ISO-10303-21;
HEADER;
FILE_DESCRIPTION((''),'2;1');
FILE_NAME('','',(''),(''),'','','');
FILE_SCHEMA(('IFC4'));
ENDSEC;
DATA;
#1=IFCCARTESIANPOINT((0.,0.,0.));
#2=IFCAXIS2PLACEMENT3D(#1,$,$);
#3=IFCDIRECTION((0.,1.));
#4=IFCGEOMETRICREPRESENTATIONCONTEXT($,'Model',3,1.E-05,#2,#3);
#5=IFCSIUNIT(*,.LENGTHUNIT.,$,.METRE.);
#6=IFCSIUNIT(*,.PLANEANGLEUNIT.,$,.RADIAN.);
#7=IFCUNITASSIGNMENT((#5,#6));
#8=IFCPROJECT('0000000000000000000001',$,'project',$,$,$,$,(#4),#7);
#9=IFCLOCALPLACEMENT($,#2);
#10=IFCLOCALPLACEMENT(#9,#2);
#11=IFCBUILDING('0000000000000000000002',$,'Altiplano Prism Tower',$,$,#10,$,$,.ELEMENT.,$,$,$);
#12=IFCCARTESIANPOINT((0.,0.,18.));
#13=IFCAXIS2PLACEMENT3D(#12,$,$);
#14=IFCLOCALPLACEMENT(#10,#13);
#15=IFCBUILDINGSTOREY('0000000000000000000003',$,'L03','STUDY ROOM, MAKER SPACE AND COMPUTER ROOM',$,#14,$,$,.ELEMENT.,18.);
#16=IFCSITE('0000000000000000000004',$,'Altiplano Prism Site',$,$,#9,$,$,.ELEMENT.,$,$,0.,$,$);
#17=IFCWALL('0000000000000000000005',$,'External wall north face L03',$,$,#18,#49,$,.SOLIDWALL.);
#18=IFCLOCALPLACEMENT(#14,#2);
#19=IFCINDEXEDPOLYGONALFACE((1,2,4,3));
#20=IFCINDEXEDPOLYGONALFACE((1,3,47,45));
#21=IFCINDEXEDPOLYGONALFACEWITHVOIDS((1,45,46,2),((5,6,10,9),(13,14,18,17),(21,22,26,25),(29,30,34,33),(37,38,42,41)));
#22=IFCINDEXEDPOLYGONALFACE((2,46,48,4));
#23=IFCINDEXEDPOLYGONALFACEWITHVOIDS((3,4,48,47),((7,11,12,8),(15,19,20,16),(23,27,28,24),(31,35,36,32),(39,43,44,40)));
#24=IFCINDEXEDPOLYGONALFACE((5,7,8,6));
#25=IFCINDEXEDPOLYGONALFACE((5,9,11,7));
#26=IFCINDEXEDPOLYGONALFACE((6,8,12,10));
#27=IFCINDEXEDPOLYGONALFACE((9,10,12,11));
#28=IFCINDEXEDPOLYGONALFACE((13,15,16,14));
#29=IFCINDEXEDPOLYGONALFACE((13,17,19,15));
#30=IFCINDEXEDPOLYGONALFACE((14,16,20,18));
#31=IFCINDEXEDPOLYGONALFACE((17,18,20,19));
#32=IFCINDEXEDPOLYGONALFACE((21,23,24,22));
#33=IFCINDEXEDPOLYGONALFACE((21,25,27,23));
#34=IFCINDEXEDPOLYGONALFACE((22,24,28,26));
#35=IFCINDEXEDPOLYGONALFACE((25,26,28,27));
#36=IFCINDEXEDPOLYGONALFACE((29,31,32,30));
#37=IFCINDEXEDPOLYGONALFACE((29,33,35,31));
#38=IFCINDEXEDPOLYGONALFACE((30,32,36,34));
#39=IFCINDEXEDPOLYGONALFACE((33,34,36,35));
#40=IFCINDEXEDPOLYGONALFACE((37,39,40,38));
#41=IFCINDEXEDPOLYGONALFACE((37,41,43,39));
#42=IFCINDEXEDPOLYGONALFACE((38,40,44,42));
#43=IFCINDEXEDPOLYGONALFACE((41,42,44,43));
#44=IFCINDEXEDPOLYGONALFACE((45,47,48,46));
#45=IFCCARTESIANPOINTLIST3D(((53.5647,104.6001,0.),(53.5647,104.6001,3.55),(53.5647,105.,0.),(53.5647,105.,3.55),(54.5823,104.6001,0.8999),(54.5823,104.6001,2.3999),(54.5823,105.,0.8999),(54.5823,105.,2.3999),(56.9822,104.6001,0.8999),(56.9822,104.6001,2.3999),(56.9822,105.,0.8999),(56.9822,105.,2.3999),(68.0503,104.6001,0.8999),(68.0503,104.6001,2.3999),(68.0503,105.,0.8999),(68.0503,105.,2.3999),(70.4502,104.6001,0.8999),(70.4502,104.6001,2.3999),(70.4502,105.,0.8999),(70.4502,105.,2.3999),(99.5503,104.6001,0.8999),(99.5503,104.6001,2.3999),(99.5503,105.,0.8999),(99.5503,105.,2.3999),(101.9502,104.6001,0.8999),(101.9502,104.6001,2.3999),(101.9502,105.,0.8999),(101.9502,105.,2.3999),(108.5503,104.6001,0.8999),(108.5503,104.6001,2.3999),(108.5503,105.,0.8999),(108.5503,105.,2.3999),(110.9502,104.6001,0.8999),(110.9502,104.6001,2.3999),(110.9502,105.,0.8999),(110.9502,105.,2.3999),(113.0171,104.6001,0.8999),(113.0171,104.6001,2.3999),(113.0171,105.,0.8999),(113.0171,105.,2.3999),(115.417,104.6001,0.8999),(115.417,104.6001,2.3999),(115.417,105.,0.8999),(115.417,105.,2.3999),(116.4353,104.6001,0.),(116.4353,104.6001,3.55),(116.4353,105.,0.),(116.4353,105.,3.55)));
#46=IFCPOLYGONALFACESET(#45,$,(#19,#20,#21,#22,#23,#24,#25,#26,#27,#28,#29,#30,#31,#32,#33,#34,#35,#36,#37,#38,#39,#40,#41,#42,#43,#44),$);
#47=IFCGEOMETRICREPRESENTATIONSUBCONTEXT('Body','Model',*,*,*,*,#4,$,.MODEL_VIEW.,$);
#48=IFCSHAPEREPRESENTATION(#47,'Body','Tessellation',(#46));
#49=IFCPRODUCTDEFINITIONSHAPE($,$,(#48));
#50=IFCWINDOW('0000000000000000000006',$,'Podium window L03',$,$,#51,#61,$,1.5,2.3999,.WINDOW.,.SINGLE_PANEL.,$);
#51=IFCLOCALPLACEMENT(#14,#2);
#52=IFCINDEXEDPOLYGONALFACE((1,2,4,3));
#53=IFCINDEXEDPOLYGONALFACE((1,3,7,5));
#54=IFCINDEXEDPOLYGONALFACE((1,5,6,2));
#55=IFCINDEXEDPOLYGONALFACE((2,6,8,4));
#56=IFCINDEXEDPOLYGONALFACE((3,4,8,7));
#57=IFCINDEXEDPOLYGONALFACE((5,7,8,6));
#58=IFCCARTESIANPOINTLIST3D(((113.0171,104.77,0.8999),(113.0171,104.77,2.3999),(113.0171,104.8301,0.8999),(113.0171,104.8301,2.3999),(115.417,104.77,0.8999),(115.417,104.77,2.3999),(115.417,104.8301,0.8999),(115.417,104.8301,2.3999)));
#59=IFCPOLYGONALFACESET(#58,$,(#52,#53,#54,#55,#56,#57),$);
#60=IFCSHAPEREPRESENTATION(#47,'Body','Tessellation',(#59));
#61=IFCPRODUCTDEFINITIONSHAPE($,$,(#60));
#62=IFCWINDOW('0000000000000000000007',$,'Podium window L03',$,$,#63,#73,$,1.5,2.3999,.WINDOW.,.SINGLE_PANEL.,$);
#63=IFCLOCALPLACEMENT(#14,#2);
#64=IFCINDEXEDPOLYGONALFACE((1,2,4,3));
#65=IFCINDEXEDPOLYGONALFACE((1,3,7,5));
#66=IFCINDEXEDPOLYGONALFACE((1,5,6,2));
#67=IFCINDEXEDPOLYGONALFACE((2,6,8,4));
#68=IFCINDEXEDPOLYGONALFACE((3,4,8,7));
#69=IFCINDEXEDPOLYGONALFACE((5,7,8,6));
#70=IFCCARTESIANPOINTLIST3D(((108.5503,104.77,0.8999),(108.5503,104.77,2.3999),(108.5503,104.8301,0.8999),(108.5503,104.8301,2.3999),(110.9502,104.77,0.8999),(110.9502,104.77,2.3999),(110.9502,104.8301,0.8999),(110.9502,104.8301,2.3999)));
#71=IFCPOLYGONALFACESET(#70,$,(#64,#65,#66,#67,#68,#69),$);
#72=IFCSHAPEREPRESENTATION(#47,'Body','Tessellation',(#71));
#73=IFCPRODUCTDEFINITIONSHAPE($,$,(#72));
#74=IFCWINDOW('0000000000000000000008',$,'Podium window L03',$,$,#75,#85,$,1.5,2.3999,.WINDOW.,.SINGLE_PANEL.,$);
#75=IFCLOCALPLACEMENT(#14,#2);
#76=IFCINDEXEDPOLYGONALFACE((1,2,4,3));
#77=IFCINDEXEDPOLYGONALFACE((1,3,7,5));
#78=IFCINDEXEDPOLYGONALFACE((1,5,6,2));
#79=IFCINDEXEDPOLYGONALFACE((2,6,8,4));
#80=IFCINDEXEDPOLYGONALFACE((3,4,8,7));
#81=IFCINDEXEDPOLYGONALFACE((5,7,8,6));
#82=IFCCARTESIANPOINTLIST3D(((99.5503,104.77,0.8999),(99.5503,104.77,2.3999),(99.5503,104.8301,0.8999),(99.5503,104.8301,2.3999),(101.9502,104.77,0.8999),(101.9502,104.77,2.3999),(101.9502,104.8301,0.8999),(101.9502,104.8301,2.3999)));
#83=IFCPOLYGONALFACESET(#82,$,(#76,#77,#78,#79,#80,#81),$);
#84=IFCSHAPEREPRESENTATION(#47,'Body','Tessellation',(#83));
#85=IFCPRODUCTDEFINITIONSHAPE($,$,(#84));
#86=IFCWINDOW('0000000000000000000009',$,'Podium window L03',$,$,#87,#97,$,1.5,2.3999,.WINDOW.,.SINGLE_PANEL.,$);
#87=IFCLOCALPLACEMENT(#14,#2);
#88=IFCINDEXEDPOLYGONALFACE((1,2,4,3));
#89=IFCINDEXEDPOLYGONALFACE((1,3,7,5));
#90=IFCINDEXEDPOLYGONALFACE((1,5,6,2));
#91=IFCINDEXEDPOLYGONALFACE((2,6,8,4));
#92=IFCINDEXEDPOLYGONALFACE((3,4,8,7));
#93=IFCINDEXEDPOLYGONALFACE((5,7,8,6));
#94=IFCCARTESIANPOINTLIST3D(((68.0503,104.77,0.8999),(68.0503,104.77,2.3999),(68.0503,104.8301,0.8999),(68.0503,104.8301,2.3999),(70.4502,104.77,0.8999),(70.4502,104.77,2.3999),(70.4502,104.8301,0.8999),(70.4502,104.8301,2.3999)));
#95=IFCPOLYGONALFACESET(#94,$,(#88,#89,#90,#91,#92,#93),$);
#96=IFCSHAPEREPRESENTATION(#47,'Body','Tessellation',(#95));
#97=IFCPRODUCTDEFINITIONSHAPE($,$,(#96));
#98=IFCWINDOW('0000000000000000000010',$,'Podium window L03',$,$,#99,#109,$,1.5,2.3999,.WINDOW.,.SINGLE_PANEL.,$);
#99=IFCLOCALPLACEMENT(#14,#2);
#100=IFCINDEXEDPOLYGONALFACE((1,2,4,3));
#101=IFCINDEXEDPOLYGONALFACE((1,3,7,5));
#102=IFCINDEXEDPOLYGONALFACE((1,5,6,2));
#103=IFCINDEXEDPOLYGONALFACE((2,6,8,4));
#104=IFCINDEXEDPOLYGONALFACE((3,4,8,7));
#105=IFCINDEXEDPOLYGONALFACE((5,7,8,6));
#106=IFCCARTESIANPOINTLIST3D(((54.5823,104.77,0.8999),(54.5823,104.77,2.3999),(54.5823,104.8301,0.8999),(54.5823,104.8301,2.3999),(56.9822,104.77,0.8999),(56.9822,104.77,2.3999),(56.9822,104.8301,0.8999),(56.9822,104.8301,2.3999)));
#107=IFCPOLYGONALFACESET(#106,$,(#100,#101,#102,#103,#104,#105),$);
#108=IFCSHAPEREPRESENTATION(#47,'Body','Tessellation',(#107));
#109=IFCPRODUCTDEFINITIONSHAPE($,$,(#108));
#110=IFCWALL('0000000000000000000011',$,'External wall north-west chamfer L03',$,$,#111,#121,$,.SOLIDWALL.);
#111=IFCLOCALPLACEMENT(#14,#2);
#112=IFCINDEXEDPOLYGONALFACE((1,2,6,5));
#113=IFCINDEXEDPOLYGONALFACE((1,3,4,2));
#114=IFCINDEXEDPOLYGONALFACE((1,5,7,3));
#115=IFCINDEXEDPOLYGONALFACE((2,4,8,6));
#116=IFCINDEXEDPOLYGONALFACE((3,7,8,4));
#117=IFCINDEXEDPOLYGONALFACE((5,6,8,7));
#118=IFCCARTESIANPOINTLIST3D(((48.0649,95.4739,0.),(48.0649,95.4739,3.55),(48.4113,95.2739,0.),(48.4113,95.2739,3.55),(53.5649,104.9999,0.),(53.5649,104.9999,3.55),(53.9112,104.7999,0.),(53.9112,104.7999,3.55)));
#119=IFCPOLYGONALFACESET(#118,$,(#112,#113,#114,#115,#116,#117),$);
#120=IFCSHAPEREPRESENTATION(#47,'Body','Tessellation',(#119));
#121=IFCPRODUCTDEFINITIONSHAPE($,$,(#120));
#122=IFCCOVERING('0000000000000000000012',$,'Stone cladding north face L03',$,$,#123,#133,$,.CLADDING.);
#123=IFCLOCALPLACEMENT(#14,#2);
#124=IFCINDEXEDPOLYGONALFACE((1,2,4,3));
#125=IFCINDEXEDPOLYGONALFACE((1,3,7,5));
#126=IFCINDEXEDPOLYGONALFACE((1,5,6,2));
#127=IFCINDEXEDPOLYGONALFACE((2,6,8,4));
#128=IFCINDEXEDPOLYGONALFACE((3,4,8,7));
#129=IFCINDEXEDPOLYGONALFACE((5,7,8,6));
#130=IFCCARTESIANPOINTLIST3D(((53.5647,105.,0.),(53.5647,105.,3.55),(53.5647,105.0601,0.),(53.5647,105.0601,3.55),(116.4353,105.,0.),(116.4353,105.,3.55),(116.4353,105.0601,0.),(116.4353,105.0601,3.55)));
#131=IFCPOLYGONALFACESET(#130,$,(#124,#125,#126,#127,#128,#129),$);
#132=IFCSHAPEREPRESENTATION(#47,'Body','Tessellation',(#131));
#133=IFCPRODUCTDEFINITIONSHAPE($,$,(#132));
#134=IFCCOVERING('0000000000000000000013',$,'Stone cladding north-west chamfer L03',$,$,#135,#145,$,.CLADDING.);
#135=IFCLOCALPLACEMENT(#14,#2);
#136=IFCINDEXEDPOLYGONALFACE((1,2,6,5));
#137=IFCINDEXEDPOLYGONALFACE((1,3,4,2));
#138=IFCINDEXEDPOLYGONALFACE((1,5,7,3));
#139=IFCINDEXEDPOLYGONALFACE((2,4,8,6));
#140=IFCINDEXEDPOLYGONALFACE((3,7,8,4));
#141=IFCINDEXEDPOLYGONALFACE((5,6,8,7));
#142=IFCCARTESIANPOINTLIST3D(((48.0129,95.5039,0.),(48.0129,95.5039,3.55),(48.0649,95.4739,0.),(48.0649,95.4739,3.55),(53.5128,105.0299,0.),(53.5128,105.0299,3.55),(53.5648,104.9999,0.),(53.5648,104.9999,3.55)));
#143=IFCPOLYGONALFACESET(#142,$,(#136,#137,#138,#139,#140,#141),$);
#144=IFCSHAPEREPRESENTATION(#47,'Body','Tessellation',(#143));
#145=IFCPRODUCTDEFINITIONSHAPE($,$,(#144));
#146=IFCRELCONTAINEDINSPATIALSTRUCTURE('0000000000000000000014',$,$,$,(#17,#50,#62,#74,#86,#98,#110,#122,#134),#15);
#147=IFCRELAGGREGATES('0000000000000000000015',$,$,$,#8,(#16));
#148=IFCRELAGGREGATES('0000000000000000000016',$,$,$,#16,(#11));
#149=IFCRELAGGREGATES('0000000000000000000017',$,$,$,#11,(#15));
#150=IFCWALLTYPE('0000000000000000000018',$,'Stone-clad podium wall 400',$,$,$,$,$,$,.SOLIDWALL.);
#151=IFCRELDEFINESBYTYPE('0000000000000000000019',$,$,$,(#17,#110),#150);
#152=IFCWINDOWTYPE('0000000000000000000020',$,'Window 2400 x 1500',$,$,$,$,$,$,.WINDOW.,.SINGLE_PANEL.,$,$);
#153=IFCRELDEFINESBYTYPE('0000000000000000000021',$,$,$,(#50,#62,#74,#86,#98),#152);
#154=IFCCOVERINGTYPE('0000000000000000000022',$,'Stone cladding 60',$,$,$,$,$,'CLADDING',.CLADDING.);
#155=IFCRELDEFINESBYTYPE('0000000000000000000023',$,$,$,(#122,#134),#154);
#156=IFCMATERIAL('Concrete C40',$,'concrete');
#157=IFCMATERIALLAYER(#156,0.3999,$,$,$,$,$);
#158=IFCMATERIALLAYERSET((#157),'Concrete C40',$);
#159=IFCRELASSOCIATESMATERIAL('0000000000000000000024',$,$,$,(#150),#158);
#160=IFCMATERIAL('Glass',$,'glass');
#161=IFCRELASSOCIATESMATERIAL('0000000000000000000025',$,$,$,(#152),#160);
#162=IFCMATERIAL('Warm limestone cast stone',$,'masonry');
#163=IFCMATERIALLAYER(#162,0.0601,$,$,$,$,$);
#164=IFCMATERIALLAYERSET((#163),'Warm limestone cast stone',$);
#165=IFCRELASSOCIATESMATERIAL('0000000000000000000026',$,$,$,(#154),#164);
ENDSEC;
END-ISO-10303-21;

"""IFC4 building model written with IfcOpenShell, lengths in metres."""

from ifc_helpers import new_model, si_unit, direction, frame, frame_2d, origin, place, context, subcontext, project, spatial, rectangle, extrude, material, layer, layer_set, type_object, element, fill, save


model = new_model("IFC4")

# Units and contexts
model_context = context("Model", 3, precision=1e-05, world=origin(), true_north=direction((0.0, 1.0)))
body_context = subcontext(model_context, "Body", "Model", "MODEL_VIEW")
ifc_project = project(units=[si_unit("LENGTHUNIT", "METRE"), si_unit("PLANEANGLEUNIT", "RADIAN")], contexts=[model_context])

# Site, building, storey
site_placement = place(None, origin())
site = spatial("IfcSite", under=ifc_project, at=site_placement, Name="Altiplano Prism Site", CompositionType="ELEMENT", RefElevation=0.0)
building_placement = place(site_placement, origin())
building = spatial("IfcBuilding", under=site, at=building_placement, Name="Altiplano Prism Tower", CompositionType="ELEMENT")
storey_placement = place(building_placement, frame((0.0, 0.0, 18.0)))
storey = spatial("IfcBuildingStorey", under=building, at=storey_placement, Name="L03", Description="STUDY ROOM, MAKER SPACE AND COMPUTER ROOM", CompositionType="ELEMENT", Elevation=18.0)

# Wall, openings, windows
ifc_material_1 = material(Name="Concrete C40", Category="concrete")
ifc_layer_1 = layer(ifc_material_1, 0.3999)
ifc_layer_set_1 = layer_set([ifc_layer_1], Name="Concrete C40")
wall_type_1 = type_object("IfcWallType", Name="Stone-clad podium wall 400", PredefinedType="SOLIDWALL", material=ifc_layer_set_1)
wall_1_placement = place(storey_placement, frame((53.5647, 104.8, 0.0), z_axis=(0.0, 0.0, 1.0), x_axis=(1.0, 0.0, 0.0)))
wall_1 = element("IfcWall", 1, at=wall_1_placement, inside=storey, type_object=wall_type_1, Name="External wall north face L03", PredefinedType="SOLIDWALL", context=body_context, shape_type="SweptSolid", body=[
    extrude(rectangle(XDim=62.8706, YDim=0.3999, at=frame_2d((31.4353, 0.0))), origin(), (0.0, 0.0, 1.0), 3.55),
])
opening_1_placement = place(wall_1_placement, frame((59.4524, 0.0, 0.8999)))
opening_1 = element("IfcOpeningElement", 2, at=opening_1_placement, cuts=wall_1, PredefinedType="OPENING", context=body_context, shape_type="SweptSolid", body=[
    extrude(rectangle(XDim=2.3999, YDim=1.5, at=frame_2d((1.2, 0.75))), frame((0.0, 0.2104, 0.0), z_axis=(0.0, -1.0, 0.0), x_axis=(1.0, 0.0, 0.0)), (0.0, 0.0, 1.0), 0.4209),
])
opening_2_placement = place(wall_1_placement, frame((54.9856, 0.0, 0.8999)))
opening_2 = element("IfcOpeningElement", 3, at=opening_2_placement, cuts=wall_1, PredefinedType="OPENING", context=body_context, shape_type="SweptSolid", body=[
    extrude(rectangle(XDim=2.3999, YDim=1.5, at=frame_2d((1.2, 0.75))), frame((0.0, 0.2104, 0.0), z_axis=(0.0, -1.0, 0.0), x_axis=(1.0, 0.0, 0.0)), (0.0, 0.0, 1.0), 0.4209),
])
opening_3_placement = place(wall_1_placement, frame((45.9856, 0.0, 0.8999)))
opening_3 = element("IfcOpeningElement", 4, at=opening_3_placement, cuts=wall_1, PredefinedType="OPENING", context=body_context, shape_type="SweptSolid", body=[
    extrude(rectangle(XDim=2.3999, YDim=1.5, at=frame_2d((1.2, 0.75))), frame((0.0, 0.2104, 0.0), z_axis=(0.0, -1.0, 0.0), x_axis=(1.0, 0.0, 0.0)), (0.0, 0.0, 1.0), 0.4209),
])
opening_4_placement = place(wall_1_placement, frame((14.4856, 0.0, 0.8999)))
opening_4 = element("IfcOpeningElement", 5, at=opening_4_placement, cuts=wall_1, PredefinedType="OPENING", context=body_context, shape_type="SweptSolid", body=[
    extrude(rectangle(XDim=2.3999, YDim=1.5, at=frame_2d((1.2, 0.75))), frame((0.0, 0.2104, 0.0), z_axis=(0.0, -1.0, 0.0), x_axis=(1.0, 0.0, 0.0)), (0.0, 0.0, 1.0), 0.4209),
])
opening_5_placement = place(wall_1_placement, frame((1.0176, 0.0, 0.8999)))
opening_5 = element("IfcOpeningElement", 6, at=opening_5_placement, cuts=wall_1, PredefinedType="OPENING", context=body_context, shape_type="SweptSolid", body=[
    extrude(rectangle(XDim=2.3999, YDim=1.5, at=frame_2d((1.2, 0.75))), frame((0.0, 0.2104, 0.0), z_axis=(0.0, -1.0, 0.0), x_axis=(1.0, 0.0, 0.0)), (0.0, 0.0, 1.0), 0.4209),
])
ifc_material_2 = material(Name="Glass", Category="glass")
window_type = type_object("IfcWindowType", Name="Window 2400 x 1500", PartitioningType="SINGLE_PANEL", PredefinedType="WINDOW", material=ifc_material_2)
window_1_placement = place(opening_1_placement, origin())
window_1 = element("IfcWindow", 7, at=window_1_placement, inside=storey, type_object=window_type, Name="Podium window L03", OverallHeight=1.5, OverallWidth=2.3999, PartitioningType="SINGLE_PANEL", PredefinedType="WINDOW", context=body_context, shape_type="SweptSolid", body=[
    extrude(rectangle(XDim=2.3999, YDim=1.5, at=frame_2d((1.2, 0.75))), frame((0.0, 0.03, 0.0), z_axis=(0.0, -1.0, 0.0), x_axis=(1.0, 0.0, 0.0)), (0.0, 0.0, 1.0), 0.0601),
])
fill(opening_1, window_1)
window_2_placement = place(opening_2_placement, origin())
window_2 = element("IfcWindow", 8, at=window_2_placement, inside=storey, type_object=window_type, Name="Podium window L03", OverallHeight=1.5, OverallWidth=2.3999, PartitioningType="SINGLE_PANEL", PredefinedType="WINDOW", context=body_context, shape_type="SweptSolid", body=[
    extrude(rectangle(XDim=2.3999, YDim=1.5, at=frame_2d((1.2, 0.75))), frame((0.0, 0.03, 0.0), z_axis=(0.0, -1.0, 0.0), x_axis=(1.0, 0.0, 0.0)), (0.0, 0.0, 1.0), 0.0601),
])
fill(opening_2, window_2)
window_3_placement = place(opening_3_placement, origin())
window_3 = element("IfcWindow", 9, at=window_3_placement, inside=storey, type_object=window_type, Name="Podium window L03", OverallHeight=1.5, OverallWidth=2.3999, PartitioningType="SINGLE_PANEL", PredefinedType="WINDOW", context=body_context, shape_type="SweptSolid", body=[
    extrude(rectangle(XDim=2.3999, YDim=1.5, at=frame_2d((1.2, 0.75))), frame((0.0, 0.03, 0.0), z_axis=(0.0, -1.0, 0.0), x_axis=(1.0, 0.0, 0.0)), (0.0, 0.0, 1.0), 0.0601),
])
fill(opening_3, window_3)
window_4_placement = place(opening_4_placement, origin())
window_4 = element("IfcWindow", 10, at=window_4_placement, inside=storey, type_object=window_type, Name="Podium window L03", OverallHeight=1.5, OverallWidth=2.3999, PartitioningType="SINGLE_PANEL", PredefinedType="WINDOW", context=body_context, shape_type="SweptSolid", body=[
    extrude(rectangle(XDim=2.3999, YDim=1.5, at=frame_2d((1.2, 0.75))), frame((0.0, 0.03, 0.0), z_axis=(0.0, -1.0, 0.0), x_axis=(1.0, 0.0, 0.0)), (0.0, 0.0, 1.0), 0.0601),
])
fill(opening_4, window_4)
window_5_placement = place(opening_5_placement, origin())
window_5 = element("IfcWindow", 11, at=window_5_placement, inside=storey, type_object=window_type, Name="Podium window L03", OverallHeight=1.5, OverallWidth=2.3999, PartitioningType="SINGLE_PANEL", PredefinedType="WINDOW", context=body_context, shape_type="SweptSolid", body=[
    extrude(rectangle(XDim=2.3999, YDim=1.5, at=frame_2d((1.2, 0.75))), frame((0.0, 0.03, 0.0), z_axis=(0.0, -1.0, 0.0), x_axis=(1.0, 0.0, 0.0)), (0.0, 0.0, 1.0), 0.0601),
])
fill(opening_5, window_5)

# Wall
wall_2_placement = place(storey_placement, frame((48.238, 95.3738, 0.0), z_axis=(0.0, 0.0, 1.0), x_axis=(0.500006, 0.866022, 0.0)))
element("IfcWall", 12, at=wall_2_placement, inside=storey, type_object=wall_type_1, Name="External wall north-west chamfer L03", PredefinedType="SOLIDWALL", context=body_context, shape_type="SweptSolid", body=[
    extrude(rectangle(XDim=10.9998, YDim=0.3999, at=frame_2d((5.5, 0.0))), origin(), (0.0, 0.0, 1.0), 3.55),
])

# Coverings
ifc_material_3 = material(Name="Warm limestone cast stone", Category="masonry")
ifc_layer_2 = layer(ifc_material_3, 0.0601)
ifc_layer_set_2 = layer_set([ifc_layer_2], Name="Warm limestone cast stone")
covering_type = type_object("IfcCoveringType", Name="Stone cladding 60", ElementType="CLADDING", PredefinedType="CLADDING", material=ifc_layer_set_2)
covering_1_placement = place(storey_placement, frame((53.5647, 105.03, 0.0), z_axis=(0.0, 0.0, 1.0), x_axis=(1.0, 0.0, 0.0)))
element("IfcCovering", 13, at=covering_1_placement, inside=storey, type_object=covering_type, Name="Stone cladding north face L03", PredefinedType="CLADDING", context=body_context, shape_type="SweptSolid", body=[
    extrude(rectangle(XDim=62.8706, YDim=0.0601, at=frame_2d((31.4353, 0.0))), origin(), (0.0, 0.0, 1.0), 3.55),
])
covering_2_placement = place(storey_placement, frame((48.0388, 95.4888, 0.0), z_axis=(0.0, 0.0, 1.0), x_axis=(0.500006, 0.866022, 0.0)))
element("IfcCovering", 14, at=covering_2_placement, inside=storey, type_object=covering_type, Name="Stone cladding north-west chamfer L03", PredefinedType="CLADDING", context=body_context, shape_type="SweptSolid", body=[
    extrude(rectangle(XDim=10.9998, YDim=0.0601, at=frame_2d((5.5, 0.0))), origin(), (0.0, 0.0, 1.0), 3.55),
])

save(model, "model.ifc")
